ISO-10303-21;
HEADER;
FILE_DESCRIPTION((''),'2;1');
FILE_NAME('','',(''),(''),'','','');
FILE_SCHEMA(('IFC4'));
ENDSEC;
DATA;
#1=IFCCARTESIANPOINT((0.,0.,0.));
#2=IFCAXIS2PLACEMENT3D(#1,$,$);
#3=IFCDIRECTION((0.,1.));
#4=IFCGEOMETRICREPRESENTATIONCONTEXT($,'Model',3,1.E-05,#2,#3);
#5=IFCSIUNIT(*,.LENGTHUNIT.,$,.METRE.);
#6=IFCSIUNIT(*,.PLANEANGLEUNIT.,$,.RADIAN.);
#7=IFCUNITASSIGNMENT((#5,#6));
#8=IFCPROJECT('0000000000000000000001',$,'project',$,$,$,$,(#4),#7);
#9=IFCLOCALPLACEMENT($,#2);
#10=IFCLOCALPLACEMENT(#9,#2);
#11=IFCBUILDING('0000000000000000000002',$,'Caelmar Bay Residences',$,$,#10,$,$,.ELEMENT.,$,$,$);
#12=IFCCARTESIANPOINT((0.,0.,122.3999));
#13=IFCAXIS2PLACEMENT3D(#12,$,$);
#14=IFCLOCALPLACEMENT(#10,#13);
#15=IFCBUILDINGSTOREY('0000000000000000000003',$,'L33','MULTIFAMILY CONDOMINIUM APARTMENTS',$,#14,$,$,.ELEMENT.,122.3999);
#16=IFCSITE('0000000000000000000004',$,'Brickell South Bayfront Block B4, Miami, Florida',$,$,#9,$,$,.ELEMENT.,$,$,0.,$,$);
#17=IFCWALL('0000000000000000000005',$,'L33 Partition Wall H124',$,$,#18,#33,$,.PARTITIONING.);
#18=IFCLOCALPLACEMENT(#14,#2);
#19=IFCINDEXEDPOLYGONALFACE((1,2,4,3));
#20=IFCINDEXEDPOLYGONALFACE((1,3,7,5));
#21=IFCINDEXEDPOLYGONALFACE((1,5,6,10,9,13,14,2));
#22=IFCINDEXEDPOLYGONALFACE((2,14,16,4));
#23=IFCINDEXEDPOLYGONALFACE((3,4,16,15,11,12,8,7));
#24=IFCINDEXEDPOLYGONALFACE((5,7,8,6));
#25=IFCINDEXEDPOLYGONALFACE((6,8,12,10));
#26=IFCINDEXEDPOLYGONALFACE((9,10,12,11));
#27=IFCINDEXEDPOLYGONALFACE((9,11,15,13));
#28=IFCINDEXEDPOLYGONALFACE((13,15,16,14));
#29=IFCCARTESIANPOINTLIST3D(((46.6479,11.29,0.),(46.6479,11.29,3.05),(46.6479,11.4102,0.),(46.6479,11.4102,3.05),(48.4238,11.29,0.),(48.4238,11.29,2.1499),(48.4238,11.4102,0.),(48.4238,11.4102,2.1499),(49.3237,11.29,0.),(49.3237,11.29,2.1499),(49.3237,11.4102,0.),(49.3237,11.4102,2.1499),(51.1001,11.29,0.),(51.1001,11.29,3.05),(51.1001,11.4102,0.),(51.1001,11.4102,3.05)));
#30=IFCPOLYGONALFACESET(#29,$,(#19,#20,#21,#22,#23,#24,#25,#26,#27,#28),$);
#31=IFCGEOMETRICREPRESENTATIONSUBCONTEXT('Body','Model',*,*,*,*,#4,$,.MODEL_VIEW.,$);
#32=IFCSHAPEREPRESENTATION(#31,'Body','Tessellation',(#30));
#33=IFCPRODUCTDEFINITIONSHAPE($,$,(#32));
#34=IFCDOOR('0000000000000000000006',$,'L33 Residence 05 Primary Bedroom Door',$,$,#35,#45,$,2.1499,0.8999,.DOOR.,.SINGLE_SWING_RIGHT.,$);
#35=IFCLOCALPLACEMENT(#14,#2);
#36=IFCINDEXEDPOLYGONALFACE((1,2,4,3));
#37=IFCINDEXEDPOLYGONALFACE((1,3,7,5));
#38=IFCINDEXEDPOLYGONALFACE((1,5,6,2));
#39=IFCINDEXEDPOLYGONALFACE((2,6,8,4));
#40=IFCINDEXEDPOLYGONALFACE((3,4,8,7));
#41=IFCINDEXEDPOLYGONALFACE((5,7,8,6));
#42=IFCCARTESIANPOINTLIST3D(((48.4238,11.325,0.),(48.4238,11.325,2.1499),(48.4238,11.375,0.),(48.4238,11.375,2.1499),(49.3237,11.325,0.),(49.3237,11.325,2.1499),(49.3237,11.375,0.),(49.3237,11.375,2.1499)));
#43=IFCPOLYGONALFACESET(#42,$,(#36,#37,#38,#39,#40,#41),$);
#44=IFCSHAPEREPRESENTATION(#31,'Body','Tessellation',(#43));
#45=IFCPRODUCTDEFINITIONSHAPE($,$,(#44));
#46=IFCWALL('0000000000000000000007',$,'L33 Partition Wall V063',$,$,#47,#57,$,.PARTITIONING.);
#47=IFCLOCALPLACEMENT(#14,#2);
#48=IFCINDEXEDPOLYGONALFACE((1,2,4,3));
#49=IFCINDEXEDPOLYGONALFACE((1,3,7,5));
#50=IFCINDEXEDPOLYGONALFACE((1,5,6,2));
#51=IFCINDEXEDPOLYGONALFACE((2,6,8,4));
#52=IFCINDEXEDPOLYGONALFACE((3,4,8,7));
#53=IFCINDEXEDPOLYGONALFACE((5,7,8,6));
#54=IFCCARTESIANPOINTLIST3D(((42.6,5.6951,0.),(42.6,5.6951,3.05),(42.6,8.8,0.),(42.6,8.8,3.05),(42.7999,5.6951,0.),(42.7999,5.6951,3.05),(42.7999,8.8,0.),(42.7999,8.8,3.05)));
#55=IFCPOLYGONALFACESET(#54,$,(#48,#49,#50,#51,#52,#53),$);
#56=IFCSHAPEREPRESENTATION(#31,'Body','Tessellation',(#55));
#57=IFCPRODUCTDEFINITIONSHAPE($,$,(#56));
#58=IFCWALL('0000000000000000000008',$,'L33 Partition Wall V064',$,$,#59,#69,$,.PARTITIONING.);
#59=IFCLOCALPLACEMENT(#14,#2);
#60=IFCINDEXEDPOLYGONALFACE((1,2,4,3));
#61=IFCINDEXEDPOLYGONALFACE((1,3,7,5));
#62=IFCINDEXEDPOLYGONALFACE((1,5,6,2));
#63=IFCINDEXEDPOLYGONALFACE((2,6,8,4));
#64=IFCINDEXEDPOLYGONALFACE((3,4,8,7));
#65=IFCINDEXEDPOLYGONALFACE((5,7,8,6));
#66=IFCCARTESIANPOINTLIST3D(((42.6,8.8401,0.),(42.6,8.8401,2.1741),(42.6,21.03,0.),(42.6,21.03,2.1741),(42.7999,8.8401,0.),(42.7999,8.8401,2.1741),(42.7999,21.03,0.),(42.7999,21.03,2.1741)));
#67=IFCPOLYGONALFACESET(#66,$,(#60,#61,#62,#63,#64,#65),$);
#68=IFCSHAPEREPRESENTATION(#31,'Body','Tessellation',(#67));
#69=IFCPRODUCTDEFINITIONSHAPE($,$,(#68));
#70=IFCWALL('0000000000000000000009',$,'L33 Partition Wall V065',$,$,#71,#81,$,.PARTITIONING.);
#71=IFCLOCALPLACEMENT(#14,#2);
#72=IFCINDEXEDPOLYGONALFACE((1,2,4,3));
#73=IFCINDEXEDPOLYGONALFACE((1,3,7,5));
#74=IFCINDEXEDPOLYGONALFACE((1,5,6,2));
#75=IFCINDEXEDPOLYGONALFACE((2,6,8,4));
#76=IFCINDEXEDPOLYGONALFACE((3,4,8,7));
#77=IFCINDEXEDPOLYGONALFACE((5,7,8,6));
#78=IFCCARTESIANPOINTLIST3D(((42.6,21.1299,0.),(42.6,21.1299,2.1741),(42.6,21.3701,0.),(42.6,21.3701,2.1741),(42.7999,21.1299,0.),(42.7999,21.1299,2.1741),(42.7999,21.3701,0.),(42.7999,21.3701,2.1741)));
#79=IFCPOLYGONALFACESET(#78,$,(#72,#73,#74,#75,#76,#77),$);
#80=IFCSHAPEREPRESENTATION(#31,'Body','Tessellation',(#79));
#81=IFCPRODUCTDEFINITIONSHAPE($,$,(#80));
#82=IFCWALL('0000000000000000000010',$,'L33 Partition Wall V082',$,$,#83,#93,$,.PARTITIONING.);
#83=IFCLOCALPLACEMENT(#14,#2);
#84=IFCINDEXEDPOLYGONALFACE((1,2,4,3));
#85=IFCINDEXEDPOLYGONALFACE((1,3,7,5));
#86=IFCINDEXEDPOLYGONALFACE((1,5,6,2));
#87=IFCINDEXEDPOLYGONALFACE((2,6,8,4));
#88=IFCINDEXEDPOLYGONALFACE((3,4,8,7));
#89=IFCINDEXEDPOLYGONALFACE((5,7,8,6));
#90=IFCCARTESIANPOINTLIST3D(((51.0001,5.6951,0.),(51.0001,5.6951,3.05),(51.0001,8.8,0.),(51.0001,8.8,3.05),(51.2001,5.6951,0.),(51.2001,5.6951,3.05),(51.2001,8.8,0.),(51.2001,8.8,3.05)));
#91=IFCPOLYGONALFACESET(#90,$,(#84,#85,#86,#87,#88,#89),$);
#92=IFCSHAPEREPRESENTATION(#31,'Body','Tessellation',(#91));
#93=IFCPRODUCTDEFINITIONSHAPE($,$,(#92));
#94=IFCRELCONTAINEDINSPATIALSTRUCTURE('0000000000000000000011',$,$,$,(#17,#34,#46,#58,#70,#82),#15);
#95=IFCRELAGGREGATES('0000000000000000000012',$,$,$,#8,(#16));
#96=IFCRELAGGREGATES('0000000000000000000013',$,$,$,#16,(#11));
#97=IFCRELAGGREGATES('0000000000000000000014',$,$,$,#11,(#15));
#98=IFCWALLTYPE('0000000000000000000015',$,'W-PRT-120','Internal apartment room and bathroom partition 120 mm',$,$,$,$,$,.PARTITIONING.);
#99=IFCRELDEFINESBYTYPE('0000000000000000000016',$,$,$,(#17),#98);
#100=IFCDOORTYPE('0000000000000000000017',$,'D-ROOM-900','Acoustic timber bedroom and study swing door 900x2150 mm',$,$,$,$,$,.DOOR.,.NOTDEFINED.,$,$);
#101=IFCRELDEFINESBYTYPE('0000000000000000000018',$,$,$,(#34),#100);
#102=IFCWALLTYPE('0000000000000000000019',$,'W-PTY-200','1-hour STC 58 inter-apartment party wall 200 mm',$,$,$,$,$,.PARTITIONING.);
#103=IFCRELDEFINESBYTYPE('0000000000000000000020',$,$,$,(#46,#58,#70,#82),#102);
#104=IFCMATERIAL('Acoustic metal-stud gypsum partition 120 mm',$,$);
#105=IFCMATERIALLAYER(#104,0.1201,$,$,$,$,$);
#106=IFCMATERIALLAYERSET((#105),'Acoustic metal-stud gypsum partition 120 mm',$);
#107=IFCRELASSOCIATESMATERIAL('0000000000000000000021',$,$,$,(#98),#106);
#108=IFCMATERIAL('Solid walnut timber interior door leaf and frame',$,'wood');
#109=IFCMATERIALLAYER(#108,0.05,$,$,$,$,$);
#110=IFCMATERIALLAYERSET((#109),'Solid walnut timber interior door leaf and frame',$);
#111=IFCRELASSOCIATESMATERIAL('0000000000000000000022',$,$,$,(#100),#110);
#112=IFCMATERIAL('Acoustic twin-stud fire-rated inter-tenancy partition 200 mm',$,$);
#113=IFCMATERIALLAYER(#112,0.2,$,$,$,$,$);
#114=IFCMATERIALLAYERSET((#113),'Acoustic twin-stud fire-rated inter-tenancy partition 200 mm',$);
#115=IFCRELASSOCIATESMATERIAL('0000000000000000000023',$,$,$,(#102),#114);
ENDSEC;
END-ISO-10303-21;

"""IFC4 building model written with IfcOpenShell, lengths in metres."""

from ifc_helpers import new_model, si_unit, direction, frame, frame_2d, origin, place, context, subcontext, project, spatial, rectangle, extrude, material, layer, layer_set, type_object, element, fill, save


model = new_model("IFC4")

# Units and contexts
model_context = context("Model", 3, precision=1e-05, world=origin(), true_north=direction((0.0, 1.0)))
body_context = subcontext(model_context, "Body", "Model", "MODEL_VIEW")
ifc_project = project(units=[si_unit("LENGTHUNIT", "METRE"), si_unit("PLANEANGLEUNIT", "RADIAN")], contexts=[model_context])

# Site, building, storey
site_placement = place(None, origin())
site = spatial("IfcSite", under=ifc_project, at=site_placement, Name="Brickell South Bayfront Block B4, Miami, Florida", CompositionType="ELEMENT", RefElevation=0.0)
building_placement = place(site_placement, origin())
building = spatial("IfcBuilding", under=site, at=building_placement, Name="Caelmar Bay Residences", CompositionType="ELEMENT")
storey_placement = place(building_placement, frame((0.0, 0.0, 122.3999)))
storey = spatial("IfcBuildingStorey", under=building, at=storey_placement, Name="L33", Description="MULTIFAMILY CONDOMINIUM APARTMENTS", CompositionType="ELEMENT", Elevation=122.3999)

# Shared definitions
ifc_material_1 = material(Name="Acoustic metal-stud gypsum partition 120 mm")
ifc_layer_1 = layer(ifc_material_1, 0.1201)
ifc_layer_set_1 = layer_set([ifc_layer_1], Name="Acoustic metal-stud gypsum partition 120 mm")
wall_type_1 = type_object("IfcWallType", Name="W-PRT-120", Description="Internal apartment room and bathroom partition 120 mm", PredefinedType="PARTITIONING", material=ifc_layer_set_1)

# Wall, opening, door
wall_1_placement = place(storey_placement, frame((46.6479, 11.3501, 0.0), z_axis=(0.0, 0.0, 1.0), x_axis=(1.0, 0.0, 0.0)))
wall_1 = element("IfcWall", 1, at=wall_1_placement, inside=storey, type_object=wall_type_1, Name="L33 Partition Wall H124", PredefinedType="PARTITIONING", context=body_context, shape_type="SweptSolid", body=[
    extrude(rectangle(XDim=4.4521, YDim=0.1201, at=frame_2d((2.2261, 0.0))), origin(), (0.0, 0.0, 1.0), 3.05),
])
opening_placement = place(wall_1_placement, frame((1.7759, 0.0, 0.0)))
opening = element("IfcOpeningElement", 2, at=opening_placement, cuts=wall_1, PredefinedType="OPENING", context=body_context, shape_type="SweptSolid", body=[
    extrude(rectangle(XDim=0.8999, YDim=2.1499, at=frame_2d((0.45, 1.075))), frame((0.0, 0.0701, 0.0), z_axis=(0.0, -1.0, 0.0), x_axis=(1.0, 0.0, 0.0)), (0.0, 0.0, 1.0), 0.1401),
])
ifc_material_2 = material(Name="Solid walnut timber interior door leaf and frame", Category="wood")
ifc_layer_2 = layer(ifc_material_2, 0.05)
ifc_layer_set_2 = layer_set([ifc_layer_2], Name="Solid walnut timber interior door leaf and frame")
door_type = type_object("IfcDoorType", Name="D-ROOM-900", Description="Acoustic timber bedroom and study swing door 900x2150 mm", OperationType="NOTDEFINED", PredefinedType="DOOR", material=ifc_layer_set_2)
door_placement = place(opening_placement, origin())
door = element("IfcDoor", 3, at=door_placement, inside=storey, type_object=door_type, Name="L33 Residence 05 Primary Bedroom Door", OperationType="SINGLE_SWING_RIGHT", OverallHeight=2.1499, OverallWidth=0.8999, PredefinedType="DOOR", context=body_context, shape_type="SweptSolid", body=[
    extrude(rectangle(XDim=0.8999, YDim=2.1499, at=frame_2d((0.45, 1.075))), frame((0.0, 0.0249, 0.0), z_axis=(0.0, -1.0, 0.0), x_axis=(1.0, 0.0, 0.0)), (0.0, 0.0, 1.0), 0.05),
])
fill(opening, door)

# Walls
ifc_material_3 = material(Name="Acoustic twin-stud fire-rated inter-tenancy partition 200 mm")
ifc_layer_3 = layer(ifc_material_3, 0.2)
ifc_layer_set_3 = layer_set([ifc_layer_3], Name="Acoustic twin-stud fire-rated inter-tenancy partition 200 mm")
wall_type_2 = type_object("IfcWallType", Name="W-PTY-200", Description="1-hour STC 58 inter-apartment party wall 200 mm", PredefinedType="PARTITIONING", material=ifc_layer_set_3)
wall_2_placement = place(storey_placement, frame((42.7, 5.6951, 0.0), z_axis=(0.0, 0.0, 1.0), x_axis=(0.0, 1.0, 0.0)))
element("IfcWall", 4, at=wall_2_placement, inside=storey, type_object=wall_type_2, Name="L33 Partition Wall V063", PredefinedType="PARTITIONING", context=body_context, shape_type="SweptSolid", body=[
    extrude(rectangle(XDim=3.105, YDim=0.2, at=frame_2d((1.5525, 0.0))), origin(), (0.0, 0.0, 1.0), 3.05),
])
wall_3_placement = place(storey_placement, frame((42.7, 8.8401, 0.0), z_axis=(0.0, 0.0, 1.0), x_axis=(0.0, 1.0, 0.0)))
element("IfcWall", 5, at=wall_3_placement, inside=storey, type_object=wall_type_2, Name="L33 Partition Wall V064", PredefinedType="PARTITIONING", context=body_context, shape_type="SweptSolid", body=[
    extrude(rectangle(XDim=12.1899, YDim=0.2, at=frame_2d((6.095, 0.0))), origin(), (0.0, 0.0, 1.0), 2.1741),
])
wall_4_placement = place(storey_placement, frame((42.7, 21.1299, 0.0), z_axis=(0.0, 0.0, 1.0), x_axis=(0.0, 1.0, 0.0)))
element("IfcWall", 6, at=wall_4_placement, inside=storey, type_object=wall_type_2, Name="L33 Partition Wall V065", PredefinedType="PARTITIONING", context=body_context, shape_type="SweptSolid", body=[
    extrude(rectangle(XDim=0.2402, YDim=0.2, at=frame_2d((0.1201, 0.0))), origin(), (0.0, 0.0, 1.0), 2.1741),
])
wall_5_placement = place(storey_placement, frame((51.1001, 5.6951, 0.0), z_axis=(0.0, 0.0, 1.0), x_axis=(0.0, 1.0, 0.0)))
element("IfcWall", 7, at=wall_5_placement, inside=storey, type_object=wall_type_2, Name="L33 Partition Wall V082", PredefinedType="PARTITIONING", context=body_context, shape_type="SweptSolid", body=[
    extrude(rectangle(XDim=3.105, YDim=0.2, at=frame_2d((1.5525, 0.0))), origin(), (0.0, 0.0, 1.0), 3.05),
])

save(model, "model.ifc")
